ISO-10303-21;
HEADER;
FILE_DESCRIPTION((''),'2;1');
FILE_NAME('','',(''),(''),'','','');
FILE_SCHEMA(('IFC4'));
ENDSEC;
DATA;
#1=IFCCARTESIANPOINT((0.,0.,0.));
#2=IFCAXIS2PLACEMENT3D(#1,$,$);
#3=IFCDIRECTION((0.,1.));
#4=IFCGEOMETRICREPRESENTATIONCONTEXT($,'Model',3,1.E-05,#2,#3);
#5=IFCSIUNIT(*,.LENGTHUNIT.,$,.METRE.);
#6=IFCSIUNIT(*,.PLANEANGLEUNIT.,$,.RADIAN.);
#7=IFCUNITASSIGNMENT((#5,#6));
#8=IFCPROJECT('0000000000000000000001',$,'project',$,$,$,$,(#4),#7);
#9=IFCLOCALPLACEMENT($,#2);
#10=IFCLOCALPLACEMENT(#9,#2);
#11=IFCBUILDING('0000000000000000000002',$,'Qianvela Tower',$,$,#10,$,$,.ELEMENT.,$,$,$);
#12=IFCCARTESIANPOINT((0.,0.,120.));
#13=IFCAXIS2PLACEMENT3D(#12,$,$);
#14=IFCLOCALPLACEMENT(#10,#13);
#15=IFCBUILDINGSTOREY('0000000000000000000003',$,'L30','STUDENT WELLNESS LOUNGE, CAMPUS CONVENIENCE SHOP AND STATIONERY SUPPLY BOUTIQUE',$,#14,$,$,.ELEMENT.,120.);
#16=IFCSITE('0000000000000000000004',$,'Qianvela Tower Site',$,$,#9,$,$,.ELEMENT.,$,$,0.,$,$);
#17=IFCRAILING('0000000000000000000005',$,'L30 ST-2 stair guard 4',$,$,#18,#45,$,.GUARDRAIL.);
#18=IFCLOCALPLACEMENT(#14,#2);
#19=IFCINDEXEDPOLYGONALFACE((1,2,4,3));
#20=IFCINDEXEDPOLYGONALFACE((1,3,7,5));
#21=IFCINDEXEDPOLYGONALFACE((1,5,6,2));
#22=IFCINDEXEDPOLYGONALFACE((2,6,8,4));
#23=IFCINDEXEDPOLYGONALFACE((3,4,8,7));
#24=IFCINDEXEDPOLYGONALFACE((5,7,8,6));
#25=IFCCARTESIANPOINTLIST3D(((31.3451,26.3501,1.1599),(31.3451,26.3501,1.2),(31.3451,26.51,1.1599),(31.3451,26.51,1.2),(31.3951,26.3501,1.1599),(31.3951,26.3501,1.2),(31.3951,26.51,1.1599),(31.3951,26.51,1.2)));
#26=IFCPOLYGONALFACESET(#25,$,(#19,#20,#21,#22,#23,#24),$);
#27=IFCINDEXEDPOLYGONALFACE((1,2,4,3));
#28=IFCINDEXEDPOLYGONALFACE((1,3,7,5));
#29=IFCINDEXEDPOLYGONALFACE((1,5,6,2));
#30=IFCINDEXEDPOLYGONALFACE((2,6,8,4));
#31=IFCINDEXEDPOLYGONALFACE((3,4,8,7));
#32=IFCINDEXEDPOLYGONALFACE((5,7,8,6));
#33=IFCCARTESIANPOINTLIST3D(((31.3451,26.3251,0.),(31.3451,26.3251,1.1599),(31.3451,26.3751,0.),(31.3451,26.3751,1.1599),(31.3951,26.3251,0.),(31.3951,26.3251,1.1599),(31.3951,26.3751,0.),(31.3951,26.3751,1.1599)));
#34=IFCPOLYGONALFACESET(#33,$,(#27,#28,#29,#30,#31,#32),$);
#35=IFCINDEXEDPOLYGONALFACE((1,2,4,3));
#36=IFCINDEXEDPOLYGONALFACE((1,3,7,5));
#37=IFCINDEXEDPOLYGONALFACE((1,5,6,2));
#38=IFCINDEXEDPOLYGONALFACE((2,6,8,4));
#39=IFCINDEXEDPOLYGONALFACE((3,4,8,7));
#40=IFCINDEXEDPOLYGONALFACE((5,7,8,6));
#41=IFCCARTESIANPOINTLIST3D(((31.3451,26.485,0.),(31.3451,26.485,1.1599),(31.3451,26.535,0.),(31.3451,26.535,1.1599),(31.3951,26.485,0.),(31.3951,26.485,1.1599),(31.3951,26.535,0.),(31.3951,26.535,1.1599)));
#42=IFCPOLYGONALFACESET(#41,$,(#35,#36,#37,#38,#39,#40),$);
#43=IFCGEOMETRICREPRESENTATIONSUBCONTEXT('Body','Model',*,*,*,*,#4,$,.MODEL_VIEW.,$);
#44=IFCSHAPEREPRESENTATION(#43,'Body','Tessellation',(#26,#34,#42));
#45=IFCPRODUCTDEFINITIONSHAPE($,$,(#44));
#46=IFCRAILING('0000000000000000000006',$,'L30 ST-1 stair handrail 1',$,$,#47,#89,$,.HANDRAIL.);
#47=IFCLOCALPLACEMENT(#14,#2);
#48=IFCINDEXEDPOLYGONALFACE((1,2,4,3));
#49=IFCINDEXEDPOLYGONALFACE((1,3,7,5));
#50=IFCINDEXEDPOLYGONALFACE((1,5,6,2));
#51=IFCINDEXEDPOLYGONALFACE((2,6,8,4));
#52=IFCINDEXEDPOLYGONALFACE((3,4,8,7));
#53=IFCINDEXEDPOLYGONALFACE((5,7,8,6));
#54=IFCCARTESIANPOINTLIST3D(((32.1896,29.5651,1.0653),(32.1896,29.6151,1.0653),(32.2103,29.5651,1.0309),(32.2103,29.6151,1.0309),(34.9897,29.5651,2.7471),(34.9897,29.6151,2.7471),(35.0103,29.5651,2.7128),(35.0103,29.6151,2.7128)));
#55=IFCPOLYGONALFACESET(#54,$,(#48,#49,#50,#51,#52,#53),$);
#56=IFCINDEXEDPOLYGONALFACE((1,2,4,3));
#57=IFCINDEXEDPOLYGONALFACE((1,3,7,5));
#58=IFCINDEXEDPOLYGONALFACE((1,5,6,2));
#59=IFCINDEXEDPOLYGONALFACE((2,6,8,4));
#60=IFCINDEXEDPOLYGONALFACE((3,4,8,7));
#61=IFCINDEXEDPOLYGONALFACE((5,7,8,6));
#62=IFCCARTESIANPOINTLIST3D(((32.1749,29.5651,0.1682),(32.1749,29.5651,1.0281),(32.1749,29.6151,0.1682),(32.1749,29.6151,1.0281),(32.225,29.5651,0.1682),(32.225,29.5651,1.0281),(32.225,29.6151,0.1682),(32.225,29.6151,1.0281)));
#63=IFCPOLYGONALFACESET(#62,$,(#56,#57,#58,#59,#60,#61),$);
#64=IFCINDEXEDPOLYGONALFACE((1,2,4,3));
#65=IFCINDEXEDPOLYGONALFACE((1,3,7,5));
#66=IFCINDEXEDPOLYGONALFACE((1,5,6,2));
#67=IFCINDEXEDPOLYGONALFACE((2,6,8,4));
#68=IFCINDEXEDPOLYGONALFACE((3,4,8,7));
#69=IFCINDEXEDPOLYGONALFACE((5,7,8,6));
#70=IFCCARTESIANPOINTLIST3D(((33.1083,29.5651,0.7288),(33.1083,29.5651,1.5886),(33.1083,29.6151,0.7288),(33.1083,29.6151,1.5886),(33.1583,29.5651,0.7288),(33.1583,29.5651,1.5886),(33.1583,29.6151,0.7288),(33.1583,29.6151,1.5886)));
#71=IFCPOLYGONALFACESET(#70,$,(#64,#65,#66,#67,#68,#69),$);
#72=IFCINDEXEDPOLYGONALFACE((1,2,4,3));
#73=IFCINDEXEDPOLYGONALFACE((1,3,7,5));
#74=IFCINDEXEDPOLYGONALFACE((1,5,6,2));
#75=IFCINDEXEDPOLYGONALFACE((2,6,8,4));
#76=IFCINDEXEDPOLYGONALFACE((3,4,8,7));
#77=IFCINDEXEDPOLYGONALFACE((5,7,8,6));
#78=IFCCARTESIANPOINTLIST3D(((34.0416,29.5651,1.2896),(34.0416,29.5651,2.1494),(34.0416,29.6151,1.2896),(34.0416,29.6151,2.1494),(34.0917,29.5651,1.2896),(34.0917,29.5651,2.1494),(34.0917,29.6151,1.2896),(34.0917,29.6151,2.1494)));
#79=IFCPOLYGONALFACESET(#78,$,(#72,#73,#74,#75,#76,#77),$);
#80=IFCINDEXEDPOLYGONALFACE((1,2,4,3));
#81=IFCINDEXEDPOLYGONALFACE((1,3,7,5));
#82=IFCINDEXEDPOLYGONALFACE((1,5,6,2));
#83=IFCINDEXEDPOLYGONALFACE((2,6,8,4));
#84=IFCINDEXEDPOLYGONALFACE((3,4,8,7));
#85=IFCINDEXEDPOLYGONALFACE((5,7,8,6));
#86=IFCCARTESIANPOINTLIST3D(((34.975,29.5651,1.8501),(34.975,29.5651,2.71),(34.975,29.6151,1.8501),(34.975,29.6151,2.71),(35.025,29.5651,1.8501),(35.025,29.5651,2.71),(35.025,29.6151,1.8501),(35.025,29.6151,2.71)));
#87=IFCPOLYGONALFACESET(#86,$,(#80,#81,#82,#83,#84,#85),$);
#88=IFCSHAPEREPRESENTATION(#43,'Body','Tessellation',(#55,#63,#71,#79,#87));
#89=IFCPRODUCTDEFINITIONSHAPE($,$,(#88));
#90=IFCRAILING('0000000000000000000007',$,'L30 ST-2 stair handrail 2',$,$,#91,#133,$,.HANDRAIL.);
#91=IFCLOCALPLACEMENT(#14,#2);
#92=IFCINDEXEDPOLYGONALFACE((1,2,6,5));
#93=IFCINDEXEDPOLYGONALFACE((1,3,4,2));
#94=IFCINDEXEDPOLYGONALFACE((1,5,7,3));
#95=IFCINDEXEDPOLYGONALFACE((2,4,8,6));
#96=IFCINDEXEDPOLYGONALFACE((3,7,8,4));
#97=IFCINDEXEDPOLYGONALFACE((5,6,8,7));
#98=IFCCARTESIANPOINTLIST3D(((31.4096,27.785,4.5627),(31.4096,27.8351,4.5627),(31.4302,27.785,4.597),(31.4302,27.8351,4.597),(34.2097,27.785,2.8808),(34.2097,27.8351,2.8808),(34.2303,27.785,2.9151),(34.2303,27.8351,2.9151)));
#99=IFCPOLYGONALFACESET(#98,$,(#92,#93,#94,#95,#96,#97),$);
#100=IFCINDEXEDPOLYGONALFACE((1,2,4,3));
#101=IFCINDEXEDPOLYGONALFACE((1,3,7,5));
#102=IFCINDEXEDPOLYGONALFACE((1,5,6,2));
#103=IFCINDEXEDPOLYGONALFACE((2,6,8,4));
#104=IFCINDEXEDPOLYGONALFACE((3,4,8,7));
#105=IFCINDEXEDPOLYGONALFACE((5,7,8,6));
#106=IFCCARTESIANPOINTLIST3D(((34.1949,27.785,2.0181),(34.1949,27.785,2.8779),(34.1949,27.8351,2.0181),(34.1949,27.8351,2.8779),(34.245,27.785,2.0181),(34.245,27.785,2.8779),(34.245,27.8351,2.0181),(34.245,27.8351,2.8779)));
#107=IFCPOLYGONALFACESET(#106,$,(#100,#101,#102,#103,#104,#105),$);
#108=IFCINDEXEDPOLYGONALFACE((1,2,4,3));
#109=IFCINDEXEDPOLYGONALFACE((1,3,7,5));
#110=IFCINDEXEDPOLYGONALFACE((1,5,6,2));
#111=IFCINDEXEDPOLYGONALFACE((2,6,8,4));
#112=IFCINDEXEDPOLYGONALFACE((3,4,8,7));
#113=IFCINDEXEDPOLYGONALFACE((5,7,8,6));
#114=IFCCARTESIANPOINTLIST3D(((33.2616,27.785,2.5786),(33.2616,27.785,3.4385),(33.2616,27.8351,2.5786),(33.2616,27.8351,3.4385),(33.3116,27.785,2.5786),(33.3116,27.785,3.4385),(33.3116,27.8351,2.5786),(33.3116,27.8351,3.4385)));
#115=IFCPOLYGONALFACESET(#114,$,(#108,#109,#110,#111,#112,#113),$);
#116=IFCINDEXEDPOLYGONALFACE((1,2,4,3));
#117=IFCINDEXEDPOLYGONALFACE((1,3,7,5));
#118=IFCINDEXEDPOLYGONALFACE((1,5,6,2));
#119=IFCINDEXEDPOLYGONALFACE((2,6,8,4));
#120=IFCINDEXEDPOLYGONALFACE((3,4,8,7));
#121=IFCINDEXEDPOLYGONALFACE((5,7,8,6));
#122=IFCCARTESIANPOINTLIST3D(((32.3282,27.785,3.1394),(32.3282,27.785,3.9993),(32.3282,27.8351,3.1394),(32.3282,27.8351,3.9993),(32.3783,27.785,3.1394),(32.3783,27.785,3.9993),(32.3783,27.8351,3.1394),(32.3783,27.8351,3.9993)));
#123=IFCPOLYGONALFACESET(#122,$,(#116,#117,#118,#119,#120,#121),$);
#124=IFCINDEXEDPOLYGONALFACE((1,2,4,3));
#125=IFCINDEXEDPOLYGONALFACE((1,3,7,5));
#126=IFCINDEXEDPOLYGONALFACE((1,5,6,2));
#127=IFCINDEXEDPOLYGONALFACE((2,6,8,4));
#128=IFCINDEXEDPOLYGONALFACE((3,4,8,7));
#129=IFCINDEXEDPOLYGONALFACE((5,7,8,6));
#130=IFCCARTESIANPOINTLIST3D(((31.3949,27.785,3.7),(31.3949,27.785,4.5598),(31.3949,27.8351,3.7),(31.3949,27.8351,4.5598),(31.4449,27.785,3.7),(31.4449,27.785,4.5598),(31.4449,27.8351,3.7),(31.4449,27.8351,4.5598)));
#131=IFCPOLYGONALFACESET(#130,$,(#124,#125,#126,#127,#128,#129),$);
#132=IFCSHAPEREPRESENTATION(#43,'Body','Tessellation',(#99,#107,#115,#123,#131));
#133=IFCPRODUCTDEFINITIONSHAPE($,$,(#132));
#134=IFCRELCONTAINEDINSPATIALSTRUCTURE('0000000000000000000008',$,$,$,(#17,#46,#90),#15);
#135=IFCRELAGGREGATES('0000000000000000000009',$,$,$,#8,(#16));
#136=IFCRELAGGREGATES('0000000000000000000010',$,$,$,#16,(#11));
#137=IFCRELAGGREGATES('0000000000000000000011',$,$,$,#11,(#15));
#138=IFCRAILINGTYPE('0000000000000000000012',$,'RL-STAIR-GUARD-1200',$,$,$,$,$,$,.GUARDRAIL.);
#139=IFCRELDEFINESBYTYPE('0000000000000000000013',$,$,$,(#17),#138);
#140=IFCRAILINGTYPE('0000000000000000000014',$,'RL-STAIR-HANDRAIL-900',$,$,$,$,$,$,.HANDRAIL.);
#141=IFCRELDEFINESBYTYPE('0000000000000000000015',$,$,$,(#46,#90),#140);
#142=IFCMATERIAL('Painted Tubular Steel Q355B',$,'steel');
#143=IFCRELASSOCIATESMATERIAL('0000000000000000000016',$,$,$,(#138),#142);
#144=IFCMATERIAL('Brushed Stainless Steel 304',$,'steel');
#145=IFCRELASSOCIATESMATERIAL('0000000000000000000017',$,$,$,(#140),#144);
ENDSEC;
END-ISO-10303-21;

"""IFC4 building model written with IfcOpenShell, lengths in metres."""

from ifc_helpers import new_model, si_unit, direction, frame, origin, origin_2d, place, context, subcontext, project, spatial, rectangle, extrude, material, type_object, element, save


model = new_model("IFC4")

# Units and contexts
model_context = context("Model", 3, precision=1e-05, world=origin(), true_north=direction((0.0, 1.0)))
body_context = subcontext(model_context, "Body", "Model", "MODEL_VIEW")
ifc_project = project(units=[si_unit("LENGTHUNIT", "METRE"), si_unit("PLANEANGLEUNIT", "RADIAN")], contexts=[model_context])

# Site, building, storey
site_placement = place(None, origin())
site = spatial("IfcSite", under=ifc_project, at=site_placement, Name="Qianvela Tower Site", CompositionType="ELEMENT", RefElevation=0.0)
building_placement = place(site_placement, origin())
building = spatial("IfcBuilding", under=site, at=building_placement, Name="Qianvela Tower", CompositionType="ELEMENT")
storey_placement = place(building_placement, frame((0.0, 0.0, 120.0)))
storey = spatial("IfcBuildingStorey", under=building, at=storey_placement, Name="L30", Description="STUDENT WELLNESS LOUNGE, CAMPUS CONVENIENCE SHOP AND STATIONERY SUPPLY BOUTIQUE", CompositionType="ELEMENT", Elevation=120.0)

# Railings
ifc_material_1 = material(Name="Painted Tubular Steel Q355B", Category="steel")
railing_type_1 = type_object("IfcRailingType", Name="RL-STAIR-GUARD-1200", PredefinedType="GUARDRAIL", material=ifc_material_1)
railing_1_placement = place(storey_placement, frame((31.3701, 26.3501, 0.0)))
element("IfcRailing", 1, at=railing_1_placement, inside=storey, type_object=railing_type_1, Name="L30 ST-2 stair guard 4", PredefinedType="GUARDRAIL", context=body_context, shape_type="SweptSolid", body=[
    extrude(rectangle(XDim=0.05, YDim=0.04, at=origin_2d()), frame((0.0, 0.0, 1.1799), z_axis=(0.0, 1.0, 0.0), x_axis=(-1.0, 0.0, 0.0)), (0.0, 0.0, 1.0), 0.1599),
    extrude(rectangle(XDim=0.05, YDim=0.05, at=origin_2d()), origin(), (0.0, 0.0, 1.0), 1.1599),
    extrude(rectangle(XDim=0.05, YDim=0.05, at=origin_2d()), frame((0.0, 0.1599, 0.0)), (0.0, 0.0, 1.0), 1.1599),
])
ifc_material_2 = material(Name="Brushed Stainless Steel 304", Category="steel")
railing_type_2 = type_object("IfcRailingType", Name="RL-STAIR-HANDRAIL-900", PredefinedType="HANDRAIL", material=ifc_material_2)
railing_2_placement = place(storey_placement, frame((32.2, 29.5901, 0.1682)))
element("IfcRailing", 2, at=railing_2_placement, inside=storey, type_object=railing_type_2, Name="L30 ST-1 stair handrail 1", PredefinedType="HANDRAIL", context=body_context, shape_type="SweptSolid", body=[
    extrude(rectangle(XDim=0.05, YDim=0.04, at=origin_2d()), frame((0.0, 0.0, 0.8799), z_axis=(0.857242, 0.0, 0.514913), x_axis=(0.0, 1.0, 0.0)), (0.0, 0.0, 1.0), 3.2664),
    extrude(rectangle(XDim=0.05, YDim=0.05, at=origin_2d()), origin(), (0.0, 0.0, 1.0), 0.8599),
    extrude(rectangle(XDim=0.05, YDim=0.05, at=origin_2d()), frame((0.9333, 0.0, 0.5605)), (0.0, 0.0, 1.0), 0.8599),
    extrude(rectangle(XDim=0.05, YDim=0.05, at=origin_2d()), frame((1.8667, 0.0, 1.1213)), (0.0, 0.0, 1.0), 0.8599),
    extrude(rectangle(XDim=0.05, YDim=0.05, at=origin_2d()), frame((2.8, 0.0, 1.6819)), (0.0, 0.0, 1.0), 0.8599),
])
railing_3_placement = place(storey_placement, frame((34.22, 27.8101, 2.0181)))
element("IfcRailing", 3, at=railing_3_placement, inside=storey, type_object=railing_type_2, Name="L30 ST-2 stair handrail 2", PredefinedType="HANDRAIL", context=body_context, shape_type="SweptSolid", body=[
    extrude(rectangle(XDim=0.05, YDim=0.04, at=origin_2d()), frame((0.0, 0.0, 0.8799), z_axis=(-0.857242, 0.0, 0.514913), x_axis=(0.0, -1.0, 0.0)), (0.0, 0.0, 1.0), 3.2664),
    extrude(rectangle(XDim=0.05, YDim=0.05, at=origin_2d()), origin(), (0.0, 0.0, 1.0), 0.8599),
    extrude(rectangle(XDim=0.05, YDim=0.05, at=origin_2d()), frame((-0.9333, 0.0, 0.5605)), (0.0, 0.0, 1.0), 0.8599),
    extrude(rectangle(XDim=0.05, YDim=0.05, at=origin_2d()), frame((-1.8667, 0.0, 1.1213)), (0.0, 0.0, 1.0), 0.8599),
    extrude(rectangle(XDim=0.05, YDim=0.05, at=origin_2d()), frame((-2.8, 0.0, 1.6819)), (0.0, 0.0, 1.0), 0.8599),
])

save(model, "model.ifc")
